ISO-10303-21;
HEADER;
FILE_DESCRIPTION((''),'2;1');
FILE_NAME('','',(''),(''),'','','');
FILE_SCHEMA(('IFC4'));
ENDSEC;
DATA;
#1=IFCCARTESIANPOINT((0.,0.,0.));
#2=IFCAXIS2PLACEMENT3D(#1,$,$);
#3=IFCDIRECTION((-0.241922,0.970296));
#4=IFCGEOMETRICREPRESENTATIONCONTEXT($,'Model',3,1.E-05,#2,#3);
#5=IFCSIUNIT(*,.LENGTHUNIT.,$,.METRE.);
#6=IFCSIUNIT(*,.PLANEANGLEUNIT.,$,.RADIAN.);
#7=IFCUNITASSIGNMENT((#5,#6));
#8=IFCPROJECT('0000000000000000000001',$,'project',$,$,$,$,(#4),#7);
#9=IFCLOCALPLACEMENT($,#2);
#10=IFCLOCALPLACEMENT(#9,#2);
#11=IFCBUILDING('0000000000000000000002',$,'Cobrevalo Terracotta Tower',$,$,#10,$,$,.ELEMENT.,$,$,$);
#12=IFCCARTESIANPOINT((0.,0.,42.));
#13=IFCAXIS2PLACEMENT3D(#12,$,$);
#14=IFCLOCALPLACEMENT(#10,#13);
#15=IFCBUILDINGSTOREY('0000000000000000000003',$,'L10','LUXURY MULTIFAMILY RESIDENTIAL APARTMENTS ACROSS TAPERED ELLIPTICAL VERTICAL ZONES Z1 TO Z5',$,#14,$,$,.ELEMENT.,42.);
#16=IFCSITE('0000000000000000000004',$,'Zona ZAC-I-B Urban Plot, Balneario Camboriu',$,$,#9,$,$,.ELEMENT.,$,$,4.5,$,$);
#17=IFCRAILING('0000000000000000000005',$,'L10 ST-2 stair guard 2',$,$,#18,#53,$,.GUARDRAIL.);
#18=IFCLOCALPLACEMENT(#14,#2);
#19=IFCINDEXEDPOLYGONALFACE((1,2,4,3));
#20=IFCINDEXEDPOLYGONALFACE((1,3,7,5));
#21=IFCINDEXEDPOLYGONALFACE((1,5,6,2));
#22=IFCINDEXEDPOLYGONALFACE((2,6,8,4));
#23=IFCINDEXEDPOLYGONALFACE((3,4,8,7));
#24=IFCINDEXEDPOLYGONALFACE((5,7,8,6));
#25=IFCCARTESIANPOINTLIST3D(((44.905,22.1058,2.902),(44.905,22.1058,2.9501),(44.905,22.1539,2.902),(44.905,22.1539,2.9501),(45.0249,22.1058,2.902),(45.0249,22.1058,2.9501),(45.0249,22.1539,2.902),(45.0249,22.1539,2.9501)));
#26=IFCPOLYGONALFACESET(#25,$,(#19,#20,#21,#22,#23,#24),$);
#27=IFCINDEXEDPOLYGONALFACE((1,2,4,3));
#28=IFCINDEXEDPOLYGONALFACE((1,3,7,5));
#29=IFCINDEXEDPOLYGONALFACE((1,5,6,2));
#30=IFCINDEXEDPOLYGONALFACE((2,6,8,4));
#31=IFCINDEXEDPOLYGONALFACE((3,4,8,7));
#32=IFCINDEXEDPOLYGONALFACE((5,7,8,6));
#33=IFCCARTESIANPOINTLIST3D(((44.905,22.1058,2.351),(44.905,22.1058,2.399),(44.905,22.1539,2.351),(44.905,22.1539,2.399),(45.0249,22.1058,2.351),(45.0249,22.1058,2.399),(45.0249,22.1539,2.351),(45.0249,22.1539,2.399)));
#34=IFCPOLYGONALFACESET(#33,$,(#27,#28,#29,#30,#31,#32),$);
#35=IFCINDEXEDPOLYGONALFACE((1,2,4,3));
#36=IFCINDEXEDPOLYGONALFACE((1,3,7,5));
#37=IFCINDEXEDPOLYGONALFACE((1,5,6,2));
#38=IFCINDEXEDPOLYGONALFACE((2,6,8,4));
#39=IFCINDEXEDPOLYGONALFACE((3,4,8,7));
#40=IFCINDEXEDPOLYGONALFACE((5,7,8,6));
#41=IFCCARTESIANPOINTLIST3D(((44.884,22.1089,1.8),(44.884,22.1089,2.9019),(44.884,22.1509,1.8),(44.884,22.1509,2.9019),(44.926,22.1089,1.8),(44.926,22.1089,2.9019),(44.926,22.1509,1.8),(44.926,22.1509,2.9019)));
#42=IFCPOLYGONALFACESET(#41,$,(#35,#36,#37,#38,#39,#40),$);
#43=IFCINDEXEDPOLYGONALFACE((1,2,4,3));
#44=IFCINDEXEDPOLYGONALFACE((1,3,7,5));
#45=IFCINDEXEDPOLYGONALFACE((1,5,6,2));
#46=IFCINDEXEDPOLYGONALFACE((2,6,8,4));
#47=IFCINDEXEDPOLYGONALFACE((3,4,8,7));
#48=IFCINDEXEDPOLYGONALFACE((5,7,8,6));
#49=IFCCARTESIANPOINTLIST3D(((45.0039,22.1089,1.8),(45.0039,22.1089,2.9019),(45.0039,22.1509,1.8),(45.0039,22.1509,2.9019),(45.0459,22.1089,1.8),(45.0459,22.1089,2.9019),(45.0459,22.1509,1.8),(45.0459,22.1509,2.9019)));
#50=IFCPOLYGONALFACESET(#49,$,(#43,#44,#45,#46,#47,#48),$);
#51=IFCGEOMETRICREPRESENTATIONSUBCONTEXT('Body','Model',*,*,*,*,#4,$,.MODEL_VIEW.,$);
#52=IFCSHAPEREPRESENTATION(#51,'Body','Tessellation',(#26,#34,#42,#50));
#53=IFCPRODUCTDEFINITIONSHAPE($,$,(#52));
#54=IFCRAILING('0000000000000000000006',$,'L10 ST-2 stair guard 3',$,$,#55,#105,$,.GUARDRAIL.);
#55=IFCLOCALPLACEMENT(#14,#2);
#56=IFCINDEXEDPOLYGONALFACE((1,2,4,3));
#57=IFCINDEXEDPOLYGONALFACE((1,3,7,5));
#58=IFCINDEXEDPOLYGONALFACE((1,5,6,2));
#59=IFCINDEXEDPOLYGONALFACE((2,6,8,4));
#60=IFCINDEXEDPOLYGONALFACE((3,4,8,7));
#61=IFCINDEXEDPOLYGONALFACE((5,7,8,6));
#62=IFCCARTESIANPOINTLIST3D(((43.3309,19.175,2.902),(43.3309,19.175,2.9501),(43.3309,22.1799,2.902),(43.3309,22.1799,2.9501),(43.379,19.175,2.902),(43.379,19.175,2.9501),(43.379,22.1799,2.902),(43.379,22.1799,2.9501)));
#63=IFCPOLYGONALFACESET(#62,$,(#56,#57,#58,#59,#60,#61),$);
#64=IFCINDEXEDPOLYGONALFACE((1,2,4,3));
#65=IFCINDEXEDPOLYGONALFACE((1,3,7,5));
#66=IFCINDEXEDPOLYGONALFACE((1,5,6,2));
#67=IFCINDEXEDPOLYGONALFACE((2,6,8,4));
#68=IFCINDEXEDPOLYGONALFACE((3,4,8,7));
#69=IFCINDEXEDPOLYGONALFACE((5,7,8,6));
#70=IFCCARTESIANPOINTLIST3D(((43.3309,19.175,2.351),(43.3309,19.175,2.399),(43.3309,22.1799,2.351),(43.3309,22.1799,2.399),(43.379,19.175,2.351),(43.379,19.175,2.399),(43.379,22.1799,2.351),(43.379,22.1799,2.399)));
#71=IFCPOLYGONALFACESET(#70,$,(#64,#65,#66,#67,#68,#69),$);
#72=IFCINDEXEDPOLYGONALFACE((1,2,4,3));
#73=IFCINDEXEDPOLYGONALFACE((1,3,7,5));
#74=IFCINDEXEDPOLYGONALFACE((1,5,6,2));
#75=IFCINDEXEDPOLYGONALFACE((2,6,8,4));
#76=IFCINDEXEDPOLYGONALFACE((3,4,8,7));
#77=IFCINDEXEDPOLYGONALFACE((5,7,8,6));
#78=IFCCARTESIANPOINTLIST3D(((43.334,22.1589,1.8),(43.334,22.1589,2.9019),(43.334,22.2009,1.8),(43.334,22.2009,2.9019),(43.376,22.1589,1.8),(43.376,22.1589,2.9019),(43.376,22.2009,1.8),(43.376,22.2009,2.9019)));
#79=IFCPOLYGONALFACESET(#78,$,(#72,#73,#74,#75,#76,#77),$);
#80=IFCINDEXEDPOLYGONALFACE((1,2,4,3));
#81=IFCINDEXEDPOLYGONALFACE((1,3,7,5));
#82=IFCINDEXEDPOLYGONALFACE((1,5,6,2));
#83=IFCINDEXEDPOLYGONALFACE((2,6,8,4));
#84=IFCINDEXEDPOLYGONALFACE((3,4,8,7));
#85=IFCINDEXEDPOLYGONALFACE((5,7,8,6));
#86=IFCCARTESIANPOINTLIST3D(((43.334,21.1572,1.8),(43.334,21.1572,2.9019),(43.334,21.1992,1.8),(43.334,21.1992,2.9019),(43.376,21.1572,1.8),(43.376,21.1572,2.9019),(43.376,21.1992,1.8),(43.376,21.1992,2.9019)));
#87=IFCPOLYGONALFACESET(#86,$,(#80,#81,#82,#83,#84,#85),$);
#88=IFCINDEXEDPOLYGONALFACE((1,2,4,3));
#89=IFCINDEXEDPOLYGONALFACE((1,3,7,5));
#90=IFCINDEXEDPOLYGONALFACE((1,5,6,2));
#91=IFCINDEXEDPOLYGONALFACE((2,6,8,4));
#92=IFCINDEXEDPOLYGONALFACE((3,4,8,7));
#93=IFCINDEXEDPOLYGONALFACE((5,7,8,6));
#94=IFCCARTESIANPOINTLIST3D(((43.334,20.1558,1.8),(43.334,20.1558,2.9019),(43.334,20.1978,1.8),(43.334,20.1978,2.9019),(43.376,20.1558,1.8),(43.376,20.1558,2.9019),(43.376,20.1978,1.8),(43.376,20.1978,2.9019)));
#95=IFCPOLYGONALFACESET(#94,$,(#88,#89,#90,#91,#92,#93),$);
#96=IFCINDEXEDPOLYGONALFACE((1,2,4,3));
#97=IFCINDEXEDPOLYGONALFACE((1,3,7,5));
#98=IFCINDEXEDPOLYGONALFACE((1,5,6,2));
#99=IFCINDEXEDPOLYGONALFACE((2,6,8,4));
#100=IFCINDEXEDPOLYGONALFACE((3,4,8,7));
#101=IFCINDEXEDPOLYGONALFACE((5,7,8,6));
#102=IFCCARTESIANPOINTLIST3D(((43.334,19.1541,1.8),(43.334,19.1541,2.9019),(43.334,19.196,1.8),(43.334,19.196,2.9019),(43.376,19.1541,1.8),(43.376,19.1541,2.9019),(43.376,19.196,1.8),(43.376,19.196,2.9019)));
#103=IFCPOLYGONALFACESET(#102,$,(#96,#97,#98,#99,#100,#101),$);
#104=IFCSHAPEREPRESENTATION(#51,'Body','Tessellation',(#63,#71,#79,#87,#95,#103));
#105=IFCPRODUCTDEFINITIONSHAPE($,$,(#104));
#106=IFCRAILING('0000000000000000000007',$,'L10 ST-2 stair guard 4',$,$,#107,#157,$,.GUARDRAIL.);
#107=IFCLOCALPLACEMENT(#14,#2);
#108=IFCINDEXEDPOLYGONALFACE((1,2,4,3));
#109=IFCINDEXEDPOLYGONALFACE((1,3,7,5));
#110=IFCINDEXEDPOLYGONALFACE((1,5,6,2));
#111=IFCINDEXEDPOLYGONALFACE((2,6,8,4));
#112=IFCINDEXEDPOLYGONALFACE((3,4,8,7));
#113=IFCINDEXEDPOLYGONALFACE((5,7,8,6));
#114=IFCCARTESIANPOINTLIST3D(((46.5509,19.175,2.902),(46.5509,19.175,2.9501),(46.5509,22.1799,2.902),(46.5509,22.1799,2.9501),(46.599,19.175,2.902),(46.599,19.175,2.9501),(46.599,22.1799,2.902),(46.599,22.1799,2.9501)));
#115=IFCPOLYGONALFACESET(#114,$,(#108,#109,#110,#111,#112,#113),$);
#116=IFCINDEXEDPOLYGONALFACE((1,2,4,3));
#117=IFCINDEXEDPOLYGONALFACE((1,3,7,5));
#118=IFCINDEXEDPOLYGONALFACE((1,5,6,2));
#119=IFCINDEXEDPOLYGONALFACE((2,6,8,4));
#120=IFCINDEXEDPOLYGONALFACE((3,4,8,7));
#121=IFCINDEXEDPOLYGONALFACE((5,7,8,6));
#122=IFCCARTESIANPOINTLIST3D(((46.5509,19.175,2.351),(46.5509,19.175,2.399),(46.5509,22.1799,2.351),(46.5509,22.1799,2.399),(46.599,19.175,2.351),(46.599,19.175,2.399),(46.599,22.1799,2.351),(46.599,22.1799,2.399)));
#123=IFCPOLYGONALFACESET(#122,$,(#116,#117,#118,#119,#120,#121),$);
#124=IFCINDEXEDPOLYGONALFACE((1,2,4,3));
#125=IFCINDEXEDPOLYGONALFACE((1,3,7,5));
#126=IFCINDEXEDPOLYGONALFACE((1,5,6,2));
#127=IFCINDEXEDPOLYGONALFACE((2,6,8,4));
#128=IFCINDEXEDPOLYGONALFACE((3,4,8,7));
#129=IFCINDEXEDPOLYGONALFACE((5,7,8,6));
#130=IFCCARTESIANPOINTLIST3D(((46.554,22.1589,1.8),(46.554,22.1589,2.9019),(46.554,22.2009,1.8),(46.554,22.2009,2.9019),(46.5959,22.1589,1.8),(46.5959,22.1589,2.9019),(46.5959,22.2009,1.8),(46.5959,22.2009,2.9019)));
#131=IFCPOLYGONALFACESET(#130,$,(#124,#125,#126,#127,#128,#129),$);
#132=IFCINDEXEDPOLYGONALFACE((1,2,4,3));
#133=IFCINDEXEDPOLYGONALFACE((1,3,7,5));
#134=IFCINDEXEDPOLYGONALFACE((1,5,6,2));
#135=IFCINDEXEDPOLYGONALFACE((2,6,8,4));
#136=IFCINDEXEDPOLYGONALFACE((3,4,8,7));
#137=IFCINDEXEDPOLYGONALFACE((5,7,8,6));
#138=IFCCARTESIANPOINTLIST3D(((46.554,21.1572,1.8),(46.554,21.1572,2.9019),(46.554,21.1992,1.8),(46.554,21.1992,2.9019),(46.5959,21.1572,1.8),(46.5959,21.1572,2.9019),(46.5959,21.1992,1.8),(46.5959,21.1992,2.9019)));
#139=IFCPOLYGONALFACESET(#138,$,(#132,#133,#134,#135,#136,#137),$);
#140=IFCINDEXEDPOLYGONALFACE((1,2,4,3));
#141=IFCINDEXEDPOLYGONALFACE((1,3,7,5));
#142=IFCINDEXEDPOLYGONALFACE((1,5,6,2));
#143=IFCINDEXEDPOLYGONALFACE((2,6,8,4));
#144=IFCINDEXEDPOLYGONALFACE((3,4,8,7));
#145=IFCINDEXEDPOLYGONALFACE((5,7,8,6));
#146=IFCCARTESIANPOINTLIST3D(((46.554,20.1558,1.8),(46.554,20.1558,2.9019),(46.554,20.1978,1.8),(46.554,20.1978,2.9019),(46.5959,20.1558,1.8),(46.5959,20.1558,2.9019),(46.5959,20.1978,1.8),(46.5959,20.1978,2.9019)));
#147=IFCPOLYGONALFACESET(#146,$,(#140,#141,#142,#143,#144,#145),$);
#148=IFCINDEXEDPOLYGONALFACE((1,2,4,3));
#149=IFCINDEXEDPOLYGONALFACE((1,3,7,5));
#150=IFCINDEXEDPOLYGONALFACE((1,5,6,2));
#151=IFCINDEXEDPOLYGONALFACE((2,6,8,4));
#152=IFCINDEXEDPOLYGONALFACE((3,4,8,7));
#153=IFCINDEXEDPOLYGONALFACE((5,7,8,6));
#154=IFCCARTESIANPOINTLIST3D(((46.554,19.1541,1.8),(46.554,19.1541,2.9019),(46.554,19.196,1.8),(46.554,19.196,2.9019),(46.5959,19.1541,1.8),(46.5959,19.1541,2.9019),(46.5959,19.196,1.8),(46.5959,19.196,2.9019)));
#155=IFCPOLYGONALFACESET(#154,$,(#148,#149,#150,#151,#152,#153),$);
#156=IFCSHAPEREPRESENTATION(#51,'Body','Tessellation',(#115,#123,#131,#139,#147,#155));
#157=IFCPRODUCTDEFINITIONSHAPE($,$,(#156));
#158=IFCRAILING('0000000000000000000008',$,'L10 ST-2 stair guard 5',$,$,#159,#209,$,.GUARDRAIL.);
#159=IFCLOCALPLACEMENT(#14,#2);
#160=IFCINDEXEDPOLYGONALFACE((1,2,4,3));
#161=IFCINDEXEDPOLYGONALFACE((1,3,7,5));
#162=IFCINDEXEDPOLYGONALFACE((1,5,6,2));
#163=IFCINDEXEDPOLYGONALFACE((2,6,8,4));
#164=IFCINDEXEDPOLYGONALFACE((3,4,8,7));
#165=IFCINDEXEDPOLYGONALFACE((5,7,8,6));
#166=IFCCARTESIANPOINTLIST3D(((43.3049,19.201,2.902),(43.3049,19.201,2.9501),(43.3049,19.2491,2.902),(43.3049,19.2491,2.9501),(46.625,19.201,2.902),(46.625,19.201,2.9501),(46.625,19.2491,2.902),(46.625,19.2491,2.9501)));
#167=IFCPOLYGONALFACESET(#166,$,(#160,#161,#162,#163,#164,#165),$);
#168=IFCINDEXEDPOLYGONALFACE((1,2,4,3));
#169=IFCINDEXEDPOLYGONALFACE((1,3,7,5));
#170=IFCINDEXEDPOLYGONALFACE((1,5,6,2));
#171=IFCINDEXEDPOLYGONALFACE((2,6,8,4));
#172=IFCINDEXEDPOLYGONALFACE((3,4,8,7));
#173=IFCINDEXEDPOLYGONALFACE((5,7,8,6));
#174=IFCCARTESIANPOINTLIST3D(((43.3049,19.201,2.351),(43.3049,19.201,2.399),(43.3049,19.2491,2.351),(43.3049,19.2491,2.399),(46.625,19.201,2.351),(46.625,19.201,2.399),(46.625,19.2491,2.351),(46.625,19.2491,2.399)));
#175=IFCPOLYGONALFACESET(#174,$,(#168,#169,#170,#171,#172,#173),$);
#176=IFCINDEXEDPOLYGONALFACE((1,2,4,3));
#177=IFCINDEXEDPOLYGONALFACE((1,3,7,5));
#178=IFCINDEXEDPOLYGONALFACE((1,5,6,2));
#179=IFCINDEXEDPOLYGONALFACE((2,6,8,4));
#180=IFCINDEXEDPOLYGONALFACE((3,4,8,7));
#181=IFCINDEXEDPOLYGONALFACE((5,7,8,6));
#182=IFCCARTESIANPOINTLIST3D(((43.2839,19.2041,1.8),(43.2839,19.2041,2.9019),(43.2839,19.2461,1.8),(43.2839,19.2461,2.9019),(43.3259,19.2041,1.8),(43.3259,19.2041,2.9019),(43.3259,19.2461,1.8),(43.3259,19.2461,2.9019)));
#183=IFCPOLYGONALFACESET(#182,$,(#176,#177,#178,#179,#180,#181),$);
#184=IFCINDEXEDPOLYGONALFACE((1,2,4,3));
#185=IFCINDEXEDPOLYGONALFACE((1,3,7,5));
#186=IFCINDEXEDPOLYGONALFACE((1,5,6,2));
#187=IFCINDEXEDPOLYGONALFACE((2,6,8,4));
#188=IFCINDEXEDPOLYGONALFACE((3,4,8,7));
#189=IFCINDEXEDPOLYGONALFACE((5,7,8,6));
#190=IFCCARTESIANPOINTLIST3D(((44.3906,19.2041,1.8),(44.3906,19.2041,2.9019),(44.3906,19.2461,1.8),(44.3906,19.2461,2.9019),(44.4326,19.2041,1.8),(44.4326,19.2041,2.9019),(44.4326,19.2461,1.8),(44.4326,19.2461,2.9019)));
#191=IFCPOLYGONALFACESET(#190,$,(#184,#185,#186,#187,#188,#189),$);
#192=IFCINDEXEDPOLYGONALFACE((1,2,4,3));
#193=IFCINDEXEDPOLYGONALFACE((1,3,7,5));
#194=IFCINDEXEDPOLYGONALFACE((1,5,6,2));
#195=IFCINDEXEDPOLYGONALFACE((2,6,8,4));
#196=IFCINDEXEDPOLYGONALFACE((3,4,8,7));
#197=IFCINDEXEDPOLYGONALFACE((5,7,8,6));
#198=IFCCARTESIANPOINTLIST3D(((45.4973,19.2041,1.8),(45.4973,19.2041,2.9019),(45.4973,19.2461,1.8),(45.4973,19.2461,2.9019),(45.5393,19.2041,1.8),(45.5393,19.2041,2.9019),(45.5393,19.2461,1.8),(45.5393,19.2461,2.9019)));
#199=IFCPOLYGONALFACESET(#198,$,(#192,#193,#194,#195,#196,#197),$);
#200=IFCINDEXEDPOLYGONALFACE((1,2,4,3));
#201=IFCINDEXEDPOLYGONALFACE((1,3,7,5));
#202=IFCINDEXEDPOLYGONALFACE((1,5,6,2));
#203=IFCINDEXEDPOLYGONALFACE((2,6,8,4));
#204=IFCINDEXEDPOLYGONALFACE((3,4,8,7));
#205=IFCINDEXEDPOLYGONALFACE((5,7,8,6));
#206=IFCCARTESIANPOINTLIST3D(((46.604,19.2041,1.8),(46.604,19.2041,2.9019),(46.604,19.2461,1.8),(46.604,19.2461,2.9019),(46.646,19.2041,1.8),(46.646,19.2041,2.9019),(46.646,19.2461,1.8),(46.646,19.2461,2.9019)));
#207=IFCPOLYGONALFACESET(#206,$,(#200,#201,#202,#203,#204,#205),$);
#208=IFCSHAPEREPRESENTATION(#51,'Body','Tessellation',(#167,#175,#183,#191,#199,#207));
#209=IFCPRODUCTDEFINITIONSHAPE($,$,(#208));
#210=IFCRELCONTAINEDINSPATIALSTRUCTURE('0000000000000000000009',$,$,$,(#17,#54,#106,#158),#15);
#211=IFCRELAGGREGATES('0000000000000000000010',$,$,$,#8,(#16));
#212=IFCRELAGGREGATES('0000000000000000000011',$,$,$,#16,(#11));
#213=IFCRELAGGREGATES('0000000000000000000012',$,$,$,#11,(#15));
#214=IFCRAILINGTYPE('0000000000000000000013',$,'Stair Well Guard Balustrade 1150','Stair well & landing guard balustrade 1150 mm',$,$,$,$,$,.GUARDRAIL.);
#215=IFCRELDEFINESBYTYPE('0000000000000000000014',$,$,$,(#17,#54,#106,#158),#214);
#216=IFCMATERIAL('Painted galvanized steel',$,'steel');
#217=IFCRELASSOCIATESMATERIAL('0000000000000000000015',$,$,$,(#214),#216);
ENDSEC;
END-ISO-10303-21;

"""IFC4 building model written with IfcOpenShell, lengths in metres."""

from ifc_helpers import new_model, si_unit, direction, frame, origin, origin_2d, place, context, subcontext, project, spatial, rectangle, extrude, material, type_object, element, save


model = new_model("IFC4")

# Units and contexts
model_context = context("Model", 3, precision=1e-05, world=origin(), true_north=direction((-0.241922, 0.970296)))
body_context = subcontext(model_context, "Body", "Model", "MODEL_VIEW")
ifc_project = project(units=[si_unit("LENGTHUNIT", "METRE"), si_unit("PLANEANGLEUNIT", "RADIAN")], contexts=[model_context])

# Site, building, storey
site_placement = place(None, origin())
site = spatial("IfcSite", under=ifc_project, at=site_placement, Name="Zona ZAC-I-B Urban Plot, Balneario Camboriu", CompositionType="ELEMENT", RefElevation=4.5)
building_placement = place(site_placement, origin())
building = spatial("IfcBuilding", under=site, at=building_placement, Name="Cobrevalo Terracotta Tower", CompositionType="ELEMENT")
storey_placement = place(building_placement, frame((0.0, 0.0, 42.0)))
storey = spatial("IfcBuildingStorey", under=building, at=storey_placement, Name="L10", Description="LUXURY MULTIFAMILY RESIDENTIAL APARTMENTS ACROSS TAPERED ELLIPTICAL VERTICAL ZONES Z1 TO Z5", CompositionType="ELEMENT", Elevation=42.0)

# Railings
ifc_material_1 = material(Name="Painted galvanized steel", Category="steel")
railing_type_1 = type_object("IfcRailingType", Name="Stair Well Guard Balustrade 1150", Description="Stair well & landing guard balustrade 1150 mm", PredefinedType="GUARDRAIL", material=ifc_material_1)
railing_1_placement = place(storey_placement, frame((44.905, 22.1299, 1.8)))
element("IfcRailing", 1, at=railing_1_placement, inside=storey, type_object=railing_type_1, Name="L10 ST-2 stair guard 2", PredefinedType="GUARDRAIL", context=body_context, shape_type="SweptSolid", body=[
    extrude(rectangle(XDim=0.0481, YDim=0.0481, at=origin_2d()), frame((0.0, 0.0, 1.126), z_axis=(1.0, 0.0, 0.0), x_axis=(0.0, 1.0, 0.0)), (0.0, 0.0, 1.0), 0.1199),
    extrude(rectangle(XDim=0.0481, YDim=0.0481, at=origin_2d()), frame((0.0, 0.0, 0.575), z_axis=(1.0, 0.0, 0.0), x_axis=(0.0, 1.0, 0.0)), (0.0, 0.0, 1.0), 0.1199),
    extrude(rectangle(XDim=0.042, YDim=0.042, at=origin_2d()), origin(), (0.0, 0.0, 1.0), 1.1018),
    extrude(rectangle(XDim=0.042, YDim=0.042, at=origin_2d()), frame((0.1199, 0.0, 0.0)), (0.0, 0.0, 1.0), 1.1018),
])
for number, where, name in (
    (2, (43.355, 22.1799, 1.8), "L10 ST-2 stair guard 3"),
    (3, (46.575, 22.1799, 1.8), "L10 ST-2 stair guard 4"),
):
    element("IfcRailing", number, at=place(storey_placement, frame(where)), inside=storey, type_object=railing_type_1, Name=name, PredefinedType="GUARDRAIL", context=body_context, shape_type="SweptSolid", body=[
        extrude(rectangle(XDim=0.0481, YDim=0.0481, at=origin_2d()), frame((0.0, 0.0, 1.126), z_axis=(0.0, -1.0, 0.0), x_axis=(1.0, 0.0, 0.0)), (0.0, 0.0, 1.0), 3.0049),
        extrude(rectangle(XDim=0.0481, YDim=0.0481, at=origin_2d()), frame((0.0, 0.0, 0.575), z_axis=(0.0, -1.0, 0.0), x_axis=(1.0, 0.0, 0.0)), (0.0, 0.0, 1.0), 3.0049),
        extrude(rectangle(XDim=0.042, YDim=0.042, at=origin_2d()), origin(), (0.0, 0.0, 1.0), 1.1018),
        extrude(rectangle(XDim=0.042, YDim=0.042, at=origin_2d()), frame((0.0, -1.0017, 0.0)), (0.0, 0.0, 1.0), 1.1018),
        extrude(rectangle(XDim=0.042, YDim=0.042, at=origin_2d()), frame((0.0, -2.0032, 0.0)), (0.0, 0.0, 1.0), 1.1018),
        extrude(rectangle(XDim=0.042, YDim=0.042, at=origin_2d()), frame((0.0, -3.0049, 0.0)), (0.0, 0.0, 1.0), 1.1018),
    ])
railing_2_placement = place(storey_placement, frame((43.3049, 19.2251, 1.8)))
element("IfcRailing", 4, at=railing_2_placement, inside=storey, type_object=railing_type_1, Name="L10 ST-2 stair guard 5", PredefinedType="GUARDRAIL", context=body_context, shape_type="SweptSolid", body=[
    extrude(rectangle(XDim=0.0481, YDim=0.0481, at=origin_2d()), frame((0.0, 0.0, 1.126), z_axis=(1.0, 0.0, 0.0), x_axis=(0.0, 1.0, 0.0)), (0.0, 0.0, 1.0), 3.3201),
    extrude(rectangle(XDim=0.0481, YDim=0.0481, at=origin_2d()), frame((0.0, 0.0, 0.575), z_axis=(1.0, 0.0, 0.0), x_axis=(0.0, 1.0, 0.0)), (0.0, 0.0, 1.0), 3.3201),
    extrude(rectangle(XDim=0.042, YDim=0.042, at=origin_2d()), origin(), (0.0, 0.0, 1.0), 1.1018),
    extrude(rectangle(XDim=0.042, YDim=0.042, at=origin_2d()), frame((1.1067, 0.0, 0.0)), (0.0, 0.0, 1.0), 1.1018),
    extrude(rectangle(XDim=0.042, YDim=0.042, at=origin_2d()), frame((2.2134, 0.0, 0.0)), (0.0, 0.0, 1.0), 1.1018),
    extrude(rectangle(XDim=0.042, YDim=0.042, at=origin_2d()), frame((3.3201, 0.0, 0.0)), (0.0, 0.0, 1.0), 1.1018),
])

save(model, "model.ifc")
